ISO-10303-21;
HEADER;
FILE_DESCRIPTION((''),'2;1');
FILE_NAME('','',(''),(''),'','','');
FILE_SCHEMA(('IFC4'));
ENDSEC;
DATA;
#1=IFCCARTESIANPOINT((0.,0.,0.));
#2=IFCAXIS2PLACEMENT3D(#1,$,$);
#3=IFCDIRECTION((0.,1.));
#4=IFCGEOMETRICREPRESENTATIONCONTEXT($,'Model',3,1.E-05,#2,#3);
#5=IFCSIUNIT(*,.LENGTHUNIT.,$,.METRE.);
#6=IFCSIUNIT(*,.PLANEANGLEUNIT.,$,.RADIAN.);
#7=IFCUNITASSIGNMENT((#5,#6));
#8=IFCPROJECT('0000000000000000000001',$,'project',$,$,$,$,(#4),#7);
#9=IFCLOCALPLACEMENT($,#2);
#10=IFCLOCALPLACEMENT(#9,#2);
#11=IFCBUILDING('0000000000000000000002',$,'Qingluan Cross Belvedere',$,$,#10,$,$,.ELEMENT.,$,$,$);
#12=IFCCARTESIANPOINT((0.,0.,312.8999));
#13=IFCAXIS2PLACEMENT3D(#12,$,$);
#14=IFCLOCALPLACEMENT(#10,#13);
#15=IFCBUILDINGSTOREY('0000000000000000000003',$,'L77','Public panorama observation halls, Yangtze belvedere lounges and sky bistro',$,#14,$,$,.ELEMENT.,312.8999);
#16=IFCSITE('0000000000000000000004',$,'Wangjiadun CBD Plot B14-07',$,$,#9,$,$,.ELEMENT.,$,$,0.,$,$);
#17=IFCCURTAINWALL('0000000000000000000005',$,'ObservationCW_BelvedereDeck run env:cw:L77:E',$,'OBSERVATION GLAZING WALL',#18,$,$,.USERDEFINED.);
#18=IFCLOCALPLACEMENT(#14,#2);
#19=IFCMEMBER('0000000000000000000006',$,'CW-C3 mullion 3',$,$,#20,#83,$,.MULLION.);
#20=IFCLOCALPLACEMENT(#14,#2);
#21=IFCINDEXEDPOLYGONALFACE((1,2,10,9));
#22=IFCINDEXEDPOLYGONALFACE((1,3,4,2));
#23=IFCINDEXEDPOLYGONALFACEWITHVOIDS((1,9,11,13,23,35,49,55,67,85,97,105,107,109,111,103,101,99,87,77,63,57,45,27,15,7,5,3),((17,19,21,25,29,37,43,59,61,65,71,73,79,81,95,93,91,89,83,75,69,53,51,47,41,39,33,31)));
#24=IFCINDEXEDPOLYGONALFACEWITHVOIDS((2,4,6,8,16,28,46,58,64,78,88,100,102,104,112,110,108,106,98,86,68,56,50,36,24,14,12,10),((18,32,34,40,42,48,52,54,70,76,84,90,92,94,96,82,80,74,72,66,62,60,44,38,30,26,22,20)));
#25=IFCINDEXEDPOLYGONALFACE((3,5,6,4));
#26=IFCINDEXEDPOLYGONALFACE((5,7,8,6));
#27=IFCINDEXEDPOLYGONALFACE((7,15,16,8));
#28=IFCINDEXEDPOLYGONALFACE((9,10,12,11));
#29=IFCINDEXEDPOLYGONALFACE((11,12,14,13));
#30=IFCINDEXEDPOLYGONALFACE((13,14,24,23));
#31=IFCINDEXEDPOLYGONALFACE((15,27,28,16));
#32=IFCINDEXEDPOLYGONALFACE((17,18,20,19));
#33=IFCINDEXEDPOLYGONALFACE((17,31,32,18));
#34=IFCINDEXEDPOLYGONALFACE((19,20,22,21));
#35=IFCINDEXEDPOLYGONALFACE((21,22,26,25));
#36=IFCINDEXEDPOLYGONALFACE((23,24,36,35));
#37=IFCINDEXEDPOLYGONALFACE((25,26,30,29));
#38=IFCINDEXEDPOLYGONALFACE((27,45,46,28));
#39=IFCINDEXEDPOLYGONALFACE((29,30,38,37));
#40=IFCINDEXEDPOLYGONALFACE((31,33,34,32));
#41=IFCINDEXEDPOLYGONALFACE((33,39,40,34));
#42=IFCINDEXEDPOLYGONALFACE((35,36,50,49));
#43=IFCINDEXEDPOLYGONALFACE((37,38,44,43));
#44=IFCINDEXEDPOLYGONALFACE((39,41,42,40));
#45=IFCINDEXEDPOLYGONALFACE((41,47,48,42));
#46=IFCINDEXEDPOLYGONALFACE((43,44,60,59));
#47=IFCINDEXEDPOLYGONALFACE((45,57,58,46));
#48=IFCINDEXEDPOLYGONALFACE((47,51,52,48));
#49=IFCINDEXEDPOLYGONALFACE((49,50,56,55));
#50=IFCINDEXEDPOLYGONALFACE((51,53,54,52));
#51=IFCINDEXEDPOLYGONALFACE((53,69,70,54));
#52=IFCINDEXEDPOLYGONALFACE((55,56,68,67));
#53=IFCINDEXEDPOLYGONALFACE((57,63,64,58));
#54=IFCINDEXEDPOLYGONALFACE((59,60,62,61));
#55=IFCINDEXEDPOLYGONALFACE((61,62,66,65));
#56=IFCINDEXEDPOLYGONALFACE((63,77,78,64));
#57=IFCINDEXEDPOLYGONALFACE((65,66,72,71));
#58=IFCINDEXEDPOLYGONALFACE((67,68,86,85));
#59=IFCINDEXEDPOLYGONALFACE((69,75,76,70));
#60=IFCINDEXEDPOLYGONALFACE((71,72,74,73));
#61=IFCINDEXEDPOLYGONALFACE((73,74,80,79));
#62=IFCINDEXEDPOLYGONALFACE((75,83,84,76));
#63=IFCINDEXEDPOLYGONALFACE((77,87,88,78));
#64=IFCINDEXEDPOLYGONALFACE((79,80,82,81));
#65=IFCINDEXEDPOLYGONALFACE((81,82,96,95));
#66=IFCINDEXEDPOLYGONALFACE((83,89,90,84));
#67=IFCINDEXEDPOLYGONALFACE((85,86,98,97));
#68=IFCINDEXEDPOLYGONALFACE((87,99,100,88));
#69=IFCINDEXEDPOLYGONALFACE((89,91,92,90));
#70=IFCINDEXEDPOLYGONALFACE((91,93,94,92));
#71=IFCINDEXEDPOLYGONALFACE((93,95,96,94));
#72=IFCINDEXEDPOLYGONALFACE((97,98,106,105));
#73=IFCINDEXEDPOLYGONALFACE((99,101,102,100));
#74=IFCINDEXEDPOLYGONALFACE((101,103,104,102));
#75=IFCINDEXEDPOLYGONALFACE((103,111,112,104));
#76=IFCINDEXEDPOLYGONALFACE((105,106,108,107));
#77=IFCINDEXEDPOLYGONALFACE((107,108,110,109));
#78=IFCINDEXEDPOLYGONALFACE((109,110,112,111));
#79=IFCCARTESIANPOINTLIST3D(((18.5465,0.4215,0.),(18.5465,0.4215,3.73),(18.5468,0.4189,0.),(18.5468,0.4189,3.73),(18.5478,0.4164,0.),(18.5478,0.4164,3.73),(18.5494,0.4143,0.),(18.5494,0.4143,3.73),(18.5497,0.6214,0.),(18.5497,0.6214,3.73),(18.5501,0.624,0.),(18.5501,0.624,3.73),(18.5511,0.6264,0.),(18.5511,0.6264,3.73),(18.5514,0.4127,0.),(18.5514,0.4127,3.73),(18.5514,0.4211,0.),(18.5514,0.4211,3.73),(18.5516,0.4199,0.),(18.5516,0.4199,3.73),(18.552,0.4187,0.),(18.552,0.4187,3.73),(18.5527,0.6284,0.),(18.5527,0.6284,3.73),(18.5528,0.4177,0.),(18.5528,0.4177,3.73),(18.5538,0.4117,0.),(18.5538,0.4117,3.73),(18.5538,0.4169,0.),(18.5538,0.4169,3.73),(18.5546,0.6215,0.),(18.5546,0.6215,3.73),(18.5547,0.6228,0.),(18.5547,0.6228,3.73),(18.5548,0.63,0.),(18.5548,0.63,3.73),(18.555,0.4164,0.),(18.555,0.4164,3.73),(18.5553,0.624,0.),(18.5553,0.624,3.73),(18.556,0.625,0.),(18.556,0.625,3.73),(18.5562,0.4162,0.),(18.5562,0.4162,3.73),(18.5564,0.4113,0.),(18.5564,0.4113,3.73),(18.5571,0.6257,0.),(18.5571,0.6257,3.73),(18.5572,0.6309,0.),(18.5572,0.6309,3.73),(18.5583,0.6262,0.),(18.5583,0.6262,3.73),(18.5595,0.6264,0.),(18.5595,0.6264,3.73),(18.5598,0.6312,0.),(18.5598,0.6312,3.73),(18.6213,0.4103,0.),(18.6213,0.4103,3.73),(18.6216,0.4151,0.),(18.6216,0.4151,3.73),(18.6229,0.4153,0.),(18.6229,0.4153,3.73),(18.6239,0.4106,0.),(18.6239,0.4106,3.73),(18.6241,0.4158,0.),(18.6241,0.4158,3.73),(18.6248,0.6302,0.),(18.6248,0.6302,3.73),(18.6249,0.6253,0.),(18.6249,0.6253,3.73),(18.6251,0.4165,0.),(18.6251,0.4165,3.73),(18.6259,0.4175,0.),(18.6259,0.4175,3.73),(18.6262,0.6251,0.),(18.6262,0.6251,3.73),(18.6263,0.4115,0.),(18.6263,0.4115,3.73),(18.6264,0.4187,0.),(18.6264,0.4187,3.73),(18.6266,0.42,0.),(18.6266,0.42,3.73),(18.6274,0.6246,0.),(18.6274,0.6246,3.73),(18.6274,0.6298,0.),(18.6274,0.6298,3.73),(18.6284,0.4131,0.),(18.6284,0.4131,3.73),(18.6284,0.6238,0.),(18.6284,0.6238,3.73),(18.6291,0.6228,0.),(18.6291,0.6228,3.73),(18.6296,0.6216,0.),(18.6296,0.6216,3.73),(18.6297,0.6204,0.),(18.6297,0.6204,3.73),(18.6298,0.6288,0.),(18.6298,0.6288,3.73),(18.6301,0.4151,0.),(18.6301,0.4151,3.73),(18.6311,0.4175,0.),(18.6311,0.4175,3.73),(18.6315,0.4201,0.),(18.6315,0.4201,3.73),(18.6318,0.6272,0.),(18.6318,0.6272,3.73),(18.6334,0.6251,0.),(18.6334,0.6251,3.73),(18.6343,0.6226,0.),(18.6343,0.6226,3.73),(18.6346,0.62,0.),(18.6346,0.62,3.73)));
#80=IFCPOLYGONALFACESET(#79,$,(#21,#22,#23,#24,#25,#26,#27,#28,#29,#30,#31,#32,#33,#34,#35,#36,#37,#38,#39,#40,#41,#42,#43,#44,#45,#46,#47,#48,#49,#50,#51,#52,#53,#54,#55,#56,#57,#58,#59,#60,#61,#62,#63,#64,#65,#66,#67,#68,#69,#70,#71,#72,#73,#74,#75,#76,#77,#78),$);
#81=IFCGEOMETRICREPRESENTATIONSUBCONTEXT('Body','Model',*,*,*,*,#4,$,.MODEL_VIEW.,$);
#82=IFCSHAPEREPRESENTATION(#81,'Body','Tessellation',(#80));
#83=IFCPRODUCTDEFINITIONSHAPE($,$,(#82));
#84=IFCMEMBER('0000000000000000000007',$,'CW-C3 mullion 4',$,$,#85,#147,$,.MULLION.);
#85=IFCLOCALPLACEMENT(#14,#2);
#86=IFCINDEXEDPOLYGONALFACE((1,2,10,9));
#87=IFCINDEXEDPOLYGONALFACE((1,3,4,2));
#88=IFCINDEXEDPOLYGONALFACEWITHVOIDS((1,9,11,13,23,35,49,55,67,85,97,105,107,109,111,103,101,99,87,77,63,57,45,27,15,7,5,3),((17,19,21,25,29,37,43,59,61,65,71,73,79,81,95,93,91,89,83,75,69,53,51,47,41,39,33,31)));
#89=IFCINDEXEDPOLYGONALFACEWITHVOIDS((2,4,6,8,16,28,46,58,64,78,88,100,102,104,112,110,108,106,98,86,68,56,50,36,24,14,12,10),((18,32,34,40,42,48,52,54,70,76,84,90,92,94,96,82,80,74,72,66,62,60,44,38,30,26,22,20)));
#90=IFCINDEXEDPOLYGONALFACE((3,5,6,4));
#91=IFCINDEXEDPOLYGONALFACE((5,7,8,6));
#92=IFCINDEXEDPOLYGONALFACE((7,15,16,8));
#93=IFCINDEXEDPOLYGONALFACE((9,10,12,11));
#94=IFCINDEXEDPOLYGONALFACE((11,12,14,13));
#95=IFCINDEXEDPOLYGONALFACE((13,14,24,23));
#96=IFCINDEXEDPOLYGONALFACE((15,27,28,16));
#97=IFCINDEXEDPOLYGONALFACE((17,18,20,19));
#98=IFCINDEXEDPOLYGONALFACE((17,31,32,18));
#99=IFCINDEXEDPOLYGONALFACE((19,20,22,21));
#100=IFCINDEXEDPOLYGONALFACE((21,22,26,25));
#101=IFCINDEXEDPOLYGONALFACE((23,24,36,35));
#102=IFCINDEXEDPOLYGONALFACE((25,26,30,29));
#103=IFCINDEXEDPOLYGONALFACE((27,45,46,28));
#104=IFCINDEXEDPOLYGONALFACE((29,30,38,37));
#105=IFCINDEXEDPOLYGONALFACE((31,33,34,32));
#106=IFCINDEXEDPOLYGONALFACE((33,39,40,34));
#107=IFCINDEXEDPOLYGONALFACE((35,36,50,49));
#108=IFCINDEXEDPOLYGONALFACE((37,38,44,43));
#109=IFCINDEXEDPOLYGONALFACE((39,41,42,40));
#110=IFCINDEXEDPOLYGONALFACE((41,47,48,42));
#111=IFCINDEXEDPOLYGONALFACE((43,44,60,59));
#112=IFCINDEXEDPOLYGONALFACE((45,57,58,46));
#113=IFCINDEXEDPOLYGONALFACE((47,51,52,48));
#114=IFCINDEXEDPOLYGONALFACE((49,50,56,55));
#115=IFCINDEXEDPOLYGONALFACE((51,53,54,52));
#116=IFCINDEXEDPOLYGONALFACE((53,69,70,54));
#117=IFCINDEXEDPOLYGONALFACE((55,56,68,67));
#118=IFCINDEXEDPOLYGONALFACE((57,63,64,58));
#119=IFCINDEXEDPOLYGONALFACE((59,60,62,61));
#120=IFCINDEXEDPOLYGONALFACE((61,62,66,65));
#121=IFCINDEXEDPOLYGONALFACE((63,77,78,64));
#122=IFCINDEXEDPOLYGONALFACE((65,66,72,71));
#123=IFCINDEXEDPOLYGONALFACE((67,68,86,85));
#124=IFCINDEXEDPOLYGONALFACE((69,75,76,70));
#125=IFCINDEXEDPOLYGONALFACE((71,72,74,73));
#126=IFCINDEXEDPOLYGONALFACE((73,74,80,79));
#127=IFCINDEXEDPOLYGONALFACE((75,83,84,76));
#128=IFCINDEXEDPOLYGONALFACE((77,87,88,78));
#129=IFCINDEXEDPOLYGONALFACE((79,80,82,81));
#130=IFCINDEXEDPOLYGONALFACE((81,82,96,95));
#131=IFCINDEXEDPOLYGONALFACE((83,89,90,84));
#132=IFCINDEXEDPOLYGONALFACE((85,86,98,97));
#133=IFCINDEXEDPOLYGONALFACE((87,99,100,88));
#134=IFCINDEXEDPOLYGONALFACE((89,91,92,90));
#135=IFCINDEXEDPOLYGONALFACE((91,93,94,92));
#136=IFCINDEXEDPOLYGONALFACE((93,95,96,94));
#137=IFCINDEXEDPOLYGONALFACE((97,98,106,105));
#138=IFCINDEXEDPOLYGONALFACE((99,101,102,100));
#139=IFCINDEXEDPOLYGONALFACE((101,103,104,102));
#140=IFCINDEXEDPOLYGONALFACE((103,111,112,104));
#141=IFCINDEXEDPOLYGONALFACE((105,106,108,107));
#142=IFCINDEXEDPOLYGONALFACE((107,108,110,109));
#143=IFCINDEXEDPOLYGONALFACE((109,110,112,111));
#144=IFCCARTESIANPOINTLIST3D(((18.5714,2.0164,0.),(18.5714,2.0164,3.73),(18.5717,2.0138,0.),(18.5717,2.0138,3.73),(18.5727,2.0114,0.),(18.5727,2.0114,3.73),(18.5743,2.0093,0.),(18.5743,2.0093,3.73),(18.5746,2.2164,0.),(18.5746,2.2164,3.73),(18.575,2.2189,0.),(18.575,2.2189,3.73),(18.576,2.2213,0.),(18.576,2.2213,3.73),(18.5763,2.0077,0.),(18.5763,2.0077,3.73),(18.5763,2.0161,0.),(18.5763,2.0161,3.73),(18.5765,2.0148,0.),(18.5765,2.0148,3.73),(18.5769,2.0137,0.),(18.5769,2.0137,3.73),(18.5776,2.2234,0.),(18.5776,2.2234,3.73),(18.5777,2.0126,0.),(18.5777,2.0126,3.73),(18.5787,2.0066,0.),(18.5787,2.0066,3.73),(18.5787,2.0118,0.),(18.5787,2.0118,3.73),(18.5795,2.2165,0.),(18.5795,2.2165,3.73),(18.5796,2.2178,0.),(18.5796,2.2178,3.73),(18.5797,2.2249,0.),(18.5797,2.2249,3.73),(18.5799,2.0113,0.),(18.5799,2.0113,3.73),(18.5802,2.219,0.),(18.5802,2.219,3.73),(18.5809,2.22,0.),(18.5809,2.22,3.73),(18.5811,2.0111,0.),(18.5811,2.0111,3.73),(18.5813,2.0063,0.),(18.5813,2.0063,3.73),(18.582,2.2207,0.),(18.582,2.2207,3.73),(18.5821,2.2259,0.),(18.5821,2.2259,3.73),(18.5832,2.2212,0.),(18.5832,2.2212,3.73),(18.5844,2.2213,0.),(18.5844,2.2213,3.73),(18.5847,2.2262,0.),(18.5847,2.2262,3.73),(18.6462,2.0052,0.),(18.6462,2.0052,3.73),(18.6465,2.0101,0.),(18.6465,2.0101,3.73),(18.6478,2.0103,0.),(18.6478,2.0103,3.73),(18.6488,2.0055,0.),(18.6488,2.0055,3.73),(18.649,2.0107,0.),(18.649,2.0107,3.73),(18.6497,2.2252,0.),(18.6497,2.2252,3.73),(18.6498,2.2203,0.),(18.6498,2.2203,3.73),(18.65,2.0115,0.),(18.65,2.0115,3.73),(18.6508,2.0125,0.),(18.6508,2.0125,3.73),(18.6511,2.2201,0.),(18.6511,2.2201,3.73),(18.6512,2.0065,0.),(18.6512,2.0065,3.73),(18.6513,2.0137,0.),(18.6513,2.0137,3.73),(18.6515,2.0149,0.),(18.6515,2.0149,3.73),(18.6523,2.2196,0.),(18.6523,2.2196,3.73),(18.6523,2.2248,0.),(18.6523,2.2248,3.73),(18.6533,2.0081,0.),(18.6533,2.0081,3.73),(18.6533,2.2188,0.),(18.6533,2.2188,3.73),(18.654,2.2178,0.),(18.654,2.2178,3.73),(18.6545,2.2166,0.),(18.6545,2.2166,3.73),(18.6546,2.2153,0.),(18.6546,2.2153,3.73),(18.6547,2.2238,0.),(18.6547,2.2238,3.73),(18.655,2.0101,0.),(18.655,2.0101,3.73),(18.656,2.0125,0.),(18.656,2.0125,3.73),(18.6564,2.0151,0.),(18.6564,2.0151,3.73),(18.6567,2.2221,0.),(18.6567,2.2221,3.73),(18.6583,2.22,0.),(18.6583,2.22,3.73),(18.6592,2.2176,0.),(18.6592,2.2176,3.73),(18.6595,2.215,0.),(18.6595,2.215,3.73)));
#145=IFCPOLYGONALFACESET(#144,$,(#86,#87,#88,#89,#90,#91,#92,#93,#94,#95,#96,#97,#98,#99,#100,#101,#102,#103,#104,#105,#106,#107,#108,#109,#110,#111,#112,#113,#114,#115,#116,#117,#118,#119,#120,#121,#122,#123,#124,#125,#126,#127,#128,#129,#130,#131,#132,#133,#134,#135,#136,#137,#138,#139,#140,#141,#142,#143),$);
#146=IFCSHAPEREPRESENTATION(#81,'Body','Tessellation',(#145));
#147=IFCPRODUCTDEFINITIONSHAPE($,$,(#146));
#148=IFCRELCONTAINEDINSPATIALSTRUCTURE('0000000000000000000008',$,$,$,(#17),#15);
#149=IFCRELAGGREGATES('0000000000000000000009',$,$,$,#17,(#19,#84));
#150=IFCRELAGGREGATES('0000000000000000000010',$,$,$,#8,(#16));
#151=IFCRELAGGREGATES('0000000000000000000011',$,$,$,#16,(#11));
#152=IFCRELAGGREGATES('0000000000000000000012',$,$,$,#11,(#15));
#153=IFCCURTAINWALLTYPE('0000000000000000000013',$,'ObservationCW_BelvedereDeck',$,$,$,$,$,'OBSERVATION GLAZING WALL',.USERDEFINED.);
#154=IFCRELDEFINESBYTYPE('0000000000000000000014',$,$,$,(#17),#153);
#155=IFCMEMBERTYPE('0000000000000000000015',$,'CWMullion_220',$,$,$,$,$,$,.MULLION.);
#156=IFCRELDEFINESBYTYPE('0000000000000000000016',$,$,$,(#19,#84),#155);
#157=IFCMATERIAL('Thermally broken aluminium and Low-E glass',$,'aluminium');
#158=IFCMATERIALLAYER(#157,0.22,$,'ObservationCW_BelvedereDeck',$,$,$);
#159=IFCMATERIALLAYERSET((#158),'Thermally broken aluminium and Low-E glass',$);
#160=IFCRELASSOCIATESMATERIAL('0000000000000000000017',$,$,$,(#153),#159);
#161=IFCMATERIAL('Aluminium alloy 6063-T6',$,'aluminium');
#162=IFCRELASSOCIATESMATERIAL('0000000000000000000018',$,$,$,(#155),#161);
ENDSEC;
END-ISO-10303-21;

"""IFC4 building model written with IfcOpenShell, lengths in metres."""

from ifc_helpers import new_model, si_unit, direction, frame, origin, origin_2d, place, context, subcontext, project, spatial, hollow_rectangle, extrude, material, layer, layer_set, material_profile, profile_set, type_object, element, aggregate, save


model = new_model("IFC4")

# Units and contexts
model_context = context("Model", 3, precision=1e-05, world=origin(), true_north=direction((0.0, 1.0)))
body_context = subcontext(model_context, "Body", "Model", "MODEL_VIEW")
ifc_project = project(units=[si_unit("LENGTHUNIT", "METRE"), si_unit("PLANEANGLEUNIT", "RADIAN")], contexts=[model_context])

# Site, building, storey
site_placement = place(None, origin())
site = spatial("IfcSite", under=ifc_project, at=site_placement, Name="Wangjiadun CBD Plot B14-07", CompositionType="ELEMENT", RefElevation=0.0)
building_placement = place(site_placement, origin())
building = spatial("IfcBuilding", under=site, at=building_placement, Name="Qingluan Cross Belvedere", CompositionType="ELEMENT")
storey_placement = place(building_placement, frame((0.0, 0.0, 312.8999)))
storey = spatial("IfcBuildingStorey", under=building, at=storey_placement, Name="L77", Description="Public panorama observation halls, Yangtze belvedere lounges and sky bistro", CompositionType="ELEMENT", Elevation=312.8999)

# Curtain wall, members
ifc_material_1 = material(Name="Thermally broken aluminium and Low-E glass", Category="aluminium")
ifc_layer_1 = layer(ifc_material_1, 0.22, Name="ObservationCW_BelvedereDeck")
ifc_layer_set_1 = layer_set([ifc_layer_1], Name="Thermally broken aluminium and Low-E glass")
curtain_wall_type = type_object("IfcCurtainWallType", Name="ObservationCW_BelvedereDeck", ElementType="OBSERVATION GLAZING WALL", PredefinedType="USERDEFINED", material=ifc_layer_set_1)
curtain_wall_placement = place(storey_placement, origin())
curtain_wall = element("IfcCurtainWall", 1, at=curtain_wall_placement, inside=storey, type_object=curtain_wall_type, Name="ObservationCW_BelvedereDeck run env:cw:L77:E", ObjectType="OBSERVATION GLAZING WALL", PredefinedType="USERDEFINED")
ifc_material_2 = material(Name="Aluminium alloy 6063-T6", Category="aluminium")
ifc_material_profile_1 = material_profile(ifc_material_2, hollow_rectangle(XDim=0.085, YDim=0.22, WallThickness=0.0049, InnerFilletRadius=0.0049, OuterFilletRadius=0.01, at=origin_2d()), Name="CWM220x85x5")
ifc_profile_set_1 = profile_set([ifc_material_profile_1], Name="Aluminium alloy 6063-T6")
member_type_1 = type_object("IfcMemberType", Name="CWMullion_220", PredefinedType="MULLION", material=ifc_profile_set_1)
member_1_placement = place(storey_placement, frame((18.5906, 0.5208, 0.0), z_axis=(0.0, 0.0, 1.0), x_axis=(-0.999877, 0.01571, 0.0)))
member_1 = element("IfcMember", 2, at=member_1_placement, type_object=member_type_1, Name="CW-C3 mullion 3", PredefinedType="MULLION", context=body_context, shape_type="SweptSolid", body=[
    extrude(hollow_rectangle(XDim=0.085, YDim=0.22, WallThickness=0.0049, InnerFilletRadius=0.0049, OuterFilletRadius=0.01, at=origin_2d()), origin(), (0.0, 0.0, 1.0), 3.73),
])
member_2_placement = place(storey_placement, frame((18.6155, 2.1157, 0.0), z_axis=(0.0, 0.0, 1.0), x_axis=(-0.999877, 0.01571, 0.0)))
member_2 = element("IfcMember", 3, at=member_2_placement, type_object=member_type_1, Name="CW-C3 mullion 4", PredefinedType="MULLION", context=body_context, shape_type="SweptSolid", body=[
    extrude(hollow_rectangle(XDim=0.085, YDim=0.22, WallThickness=0.0049, InnerFilletRadius=0.0049, OuterFilletRadius=0.01, at=origin_2d()), origin(), (0.0, 0.0, 1.0), 3.73),
])

aggregate(curtain_wall, [member_1, member_2])

save(model, "model.ifc")
